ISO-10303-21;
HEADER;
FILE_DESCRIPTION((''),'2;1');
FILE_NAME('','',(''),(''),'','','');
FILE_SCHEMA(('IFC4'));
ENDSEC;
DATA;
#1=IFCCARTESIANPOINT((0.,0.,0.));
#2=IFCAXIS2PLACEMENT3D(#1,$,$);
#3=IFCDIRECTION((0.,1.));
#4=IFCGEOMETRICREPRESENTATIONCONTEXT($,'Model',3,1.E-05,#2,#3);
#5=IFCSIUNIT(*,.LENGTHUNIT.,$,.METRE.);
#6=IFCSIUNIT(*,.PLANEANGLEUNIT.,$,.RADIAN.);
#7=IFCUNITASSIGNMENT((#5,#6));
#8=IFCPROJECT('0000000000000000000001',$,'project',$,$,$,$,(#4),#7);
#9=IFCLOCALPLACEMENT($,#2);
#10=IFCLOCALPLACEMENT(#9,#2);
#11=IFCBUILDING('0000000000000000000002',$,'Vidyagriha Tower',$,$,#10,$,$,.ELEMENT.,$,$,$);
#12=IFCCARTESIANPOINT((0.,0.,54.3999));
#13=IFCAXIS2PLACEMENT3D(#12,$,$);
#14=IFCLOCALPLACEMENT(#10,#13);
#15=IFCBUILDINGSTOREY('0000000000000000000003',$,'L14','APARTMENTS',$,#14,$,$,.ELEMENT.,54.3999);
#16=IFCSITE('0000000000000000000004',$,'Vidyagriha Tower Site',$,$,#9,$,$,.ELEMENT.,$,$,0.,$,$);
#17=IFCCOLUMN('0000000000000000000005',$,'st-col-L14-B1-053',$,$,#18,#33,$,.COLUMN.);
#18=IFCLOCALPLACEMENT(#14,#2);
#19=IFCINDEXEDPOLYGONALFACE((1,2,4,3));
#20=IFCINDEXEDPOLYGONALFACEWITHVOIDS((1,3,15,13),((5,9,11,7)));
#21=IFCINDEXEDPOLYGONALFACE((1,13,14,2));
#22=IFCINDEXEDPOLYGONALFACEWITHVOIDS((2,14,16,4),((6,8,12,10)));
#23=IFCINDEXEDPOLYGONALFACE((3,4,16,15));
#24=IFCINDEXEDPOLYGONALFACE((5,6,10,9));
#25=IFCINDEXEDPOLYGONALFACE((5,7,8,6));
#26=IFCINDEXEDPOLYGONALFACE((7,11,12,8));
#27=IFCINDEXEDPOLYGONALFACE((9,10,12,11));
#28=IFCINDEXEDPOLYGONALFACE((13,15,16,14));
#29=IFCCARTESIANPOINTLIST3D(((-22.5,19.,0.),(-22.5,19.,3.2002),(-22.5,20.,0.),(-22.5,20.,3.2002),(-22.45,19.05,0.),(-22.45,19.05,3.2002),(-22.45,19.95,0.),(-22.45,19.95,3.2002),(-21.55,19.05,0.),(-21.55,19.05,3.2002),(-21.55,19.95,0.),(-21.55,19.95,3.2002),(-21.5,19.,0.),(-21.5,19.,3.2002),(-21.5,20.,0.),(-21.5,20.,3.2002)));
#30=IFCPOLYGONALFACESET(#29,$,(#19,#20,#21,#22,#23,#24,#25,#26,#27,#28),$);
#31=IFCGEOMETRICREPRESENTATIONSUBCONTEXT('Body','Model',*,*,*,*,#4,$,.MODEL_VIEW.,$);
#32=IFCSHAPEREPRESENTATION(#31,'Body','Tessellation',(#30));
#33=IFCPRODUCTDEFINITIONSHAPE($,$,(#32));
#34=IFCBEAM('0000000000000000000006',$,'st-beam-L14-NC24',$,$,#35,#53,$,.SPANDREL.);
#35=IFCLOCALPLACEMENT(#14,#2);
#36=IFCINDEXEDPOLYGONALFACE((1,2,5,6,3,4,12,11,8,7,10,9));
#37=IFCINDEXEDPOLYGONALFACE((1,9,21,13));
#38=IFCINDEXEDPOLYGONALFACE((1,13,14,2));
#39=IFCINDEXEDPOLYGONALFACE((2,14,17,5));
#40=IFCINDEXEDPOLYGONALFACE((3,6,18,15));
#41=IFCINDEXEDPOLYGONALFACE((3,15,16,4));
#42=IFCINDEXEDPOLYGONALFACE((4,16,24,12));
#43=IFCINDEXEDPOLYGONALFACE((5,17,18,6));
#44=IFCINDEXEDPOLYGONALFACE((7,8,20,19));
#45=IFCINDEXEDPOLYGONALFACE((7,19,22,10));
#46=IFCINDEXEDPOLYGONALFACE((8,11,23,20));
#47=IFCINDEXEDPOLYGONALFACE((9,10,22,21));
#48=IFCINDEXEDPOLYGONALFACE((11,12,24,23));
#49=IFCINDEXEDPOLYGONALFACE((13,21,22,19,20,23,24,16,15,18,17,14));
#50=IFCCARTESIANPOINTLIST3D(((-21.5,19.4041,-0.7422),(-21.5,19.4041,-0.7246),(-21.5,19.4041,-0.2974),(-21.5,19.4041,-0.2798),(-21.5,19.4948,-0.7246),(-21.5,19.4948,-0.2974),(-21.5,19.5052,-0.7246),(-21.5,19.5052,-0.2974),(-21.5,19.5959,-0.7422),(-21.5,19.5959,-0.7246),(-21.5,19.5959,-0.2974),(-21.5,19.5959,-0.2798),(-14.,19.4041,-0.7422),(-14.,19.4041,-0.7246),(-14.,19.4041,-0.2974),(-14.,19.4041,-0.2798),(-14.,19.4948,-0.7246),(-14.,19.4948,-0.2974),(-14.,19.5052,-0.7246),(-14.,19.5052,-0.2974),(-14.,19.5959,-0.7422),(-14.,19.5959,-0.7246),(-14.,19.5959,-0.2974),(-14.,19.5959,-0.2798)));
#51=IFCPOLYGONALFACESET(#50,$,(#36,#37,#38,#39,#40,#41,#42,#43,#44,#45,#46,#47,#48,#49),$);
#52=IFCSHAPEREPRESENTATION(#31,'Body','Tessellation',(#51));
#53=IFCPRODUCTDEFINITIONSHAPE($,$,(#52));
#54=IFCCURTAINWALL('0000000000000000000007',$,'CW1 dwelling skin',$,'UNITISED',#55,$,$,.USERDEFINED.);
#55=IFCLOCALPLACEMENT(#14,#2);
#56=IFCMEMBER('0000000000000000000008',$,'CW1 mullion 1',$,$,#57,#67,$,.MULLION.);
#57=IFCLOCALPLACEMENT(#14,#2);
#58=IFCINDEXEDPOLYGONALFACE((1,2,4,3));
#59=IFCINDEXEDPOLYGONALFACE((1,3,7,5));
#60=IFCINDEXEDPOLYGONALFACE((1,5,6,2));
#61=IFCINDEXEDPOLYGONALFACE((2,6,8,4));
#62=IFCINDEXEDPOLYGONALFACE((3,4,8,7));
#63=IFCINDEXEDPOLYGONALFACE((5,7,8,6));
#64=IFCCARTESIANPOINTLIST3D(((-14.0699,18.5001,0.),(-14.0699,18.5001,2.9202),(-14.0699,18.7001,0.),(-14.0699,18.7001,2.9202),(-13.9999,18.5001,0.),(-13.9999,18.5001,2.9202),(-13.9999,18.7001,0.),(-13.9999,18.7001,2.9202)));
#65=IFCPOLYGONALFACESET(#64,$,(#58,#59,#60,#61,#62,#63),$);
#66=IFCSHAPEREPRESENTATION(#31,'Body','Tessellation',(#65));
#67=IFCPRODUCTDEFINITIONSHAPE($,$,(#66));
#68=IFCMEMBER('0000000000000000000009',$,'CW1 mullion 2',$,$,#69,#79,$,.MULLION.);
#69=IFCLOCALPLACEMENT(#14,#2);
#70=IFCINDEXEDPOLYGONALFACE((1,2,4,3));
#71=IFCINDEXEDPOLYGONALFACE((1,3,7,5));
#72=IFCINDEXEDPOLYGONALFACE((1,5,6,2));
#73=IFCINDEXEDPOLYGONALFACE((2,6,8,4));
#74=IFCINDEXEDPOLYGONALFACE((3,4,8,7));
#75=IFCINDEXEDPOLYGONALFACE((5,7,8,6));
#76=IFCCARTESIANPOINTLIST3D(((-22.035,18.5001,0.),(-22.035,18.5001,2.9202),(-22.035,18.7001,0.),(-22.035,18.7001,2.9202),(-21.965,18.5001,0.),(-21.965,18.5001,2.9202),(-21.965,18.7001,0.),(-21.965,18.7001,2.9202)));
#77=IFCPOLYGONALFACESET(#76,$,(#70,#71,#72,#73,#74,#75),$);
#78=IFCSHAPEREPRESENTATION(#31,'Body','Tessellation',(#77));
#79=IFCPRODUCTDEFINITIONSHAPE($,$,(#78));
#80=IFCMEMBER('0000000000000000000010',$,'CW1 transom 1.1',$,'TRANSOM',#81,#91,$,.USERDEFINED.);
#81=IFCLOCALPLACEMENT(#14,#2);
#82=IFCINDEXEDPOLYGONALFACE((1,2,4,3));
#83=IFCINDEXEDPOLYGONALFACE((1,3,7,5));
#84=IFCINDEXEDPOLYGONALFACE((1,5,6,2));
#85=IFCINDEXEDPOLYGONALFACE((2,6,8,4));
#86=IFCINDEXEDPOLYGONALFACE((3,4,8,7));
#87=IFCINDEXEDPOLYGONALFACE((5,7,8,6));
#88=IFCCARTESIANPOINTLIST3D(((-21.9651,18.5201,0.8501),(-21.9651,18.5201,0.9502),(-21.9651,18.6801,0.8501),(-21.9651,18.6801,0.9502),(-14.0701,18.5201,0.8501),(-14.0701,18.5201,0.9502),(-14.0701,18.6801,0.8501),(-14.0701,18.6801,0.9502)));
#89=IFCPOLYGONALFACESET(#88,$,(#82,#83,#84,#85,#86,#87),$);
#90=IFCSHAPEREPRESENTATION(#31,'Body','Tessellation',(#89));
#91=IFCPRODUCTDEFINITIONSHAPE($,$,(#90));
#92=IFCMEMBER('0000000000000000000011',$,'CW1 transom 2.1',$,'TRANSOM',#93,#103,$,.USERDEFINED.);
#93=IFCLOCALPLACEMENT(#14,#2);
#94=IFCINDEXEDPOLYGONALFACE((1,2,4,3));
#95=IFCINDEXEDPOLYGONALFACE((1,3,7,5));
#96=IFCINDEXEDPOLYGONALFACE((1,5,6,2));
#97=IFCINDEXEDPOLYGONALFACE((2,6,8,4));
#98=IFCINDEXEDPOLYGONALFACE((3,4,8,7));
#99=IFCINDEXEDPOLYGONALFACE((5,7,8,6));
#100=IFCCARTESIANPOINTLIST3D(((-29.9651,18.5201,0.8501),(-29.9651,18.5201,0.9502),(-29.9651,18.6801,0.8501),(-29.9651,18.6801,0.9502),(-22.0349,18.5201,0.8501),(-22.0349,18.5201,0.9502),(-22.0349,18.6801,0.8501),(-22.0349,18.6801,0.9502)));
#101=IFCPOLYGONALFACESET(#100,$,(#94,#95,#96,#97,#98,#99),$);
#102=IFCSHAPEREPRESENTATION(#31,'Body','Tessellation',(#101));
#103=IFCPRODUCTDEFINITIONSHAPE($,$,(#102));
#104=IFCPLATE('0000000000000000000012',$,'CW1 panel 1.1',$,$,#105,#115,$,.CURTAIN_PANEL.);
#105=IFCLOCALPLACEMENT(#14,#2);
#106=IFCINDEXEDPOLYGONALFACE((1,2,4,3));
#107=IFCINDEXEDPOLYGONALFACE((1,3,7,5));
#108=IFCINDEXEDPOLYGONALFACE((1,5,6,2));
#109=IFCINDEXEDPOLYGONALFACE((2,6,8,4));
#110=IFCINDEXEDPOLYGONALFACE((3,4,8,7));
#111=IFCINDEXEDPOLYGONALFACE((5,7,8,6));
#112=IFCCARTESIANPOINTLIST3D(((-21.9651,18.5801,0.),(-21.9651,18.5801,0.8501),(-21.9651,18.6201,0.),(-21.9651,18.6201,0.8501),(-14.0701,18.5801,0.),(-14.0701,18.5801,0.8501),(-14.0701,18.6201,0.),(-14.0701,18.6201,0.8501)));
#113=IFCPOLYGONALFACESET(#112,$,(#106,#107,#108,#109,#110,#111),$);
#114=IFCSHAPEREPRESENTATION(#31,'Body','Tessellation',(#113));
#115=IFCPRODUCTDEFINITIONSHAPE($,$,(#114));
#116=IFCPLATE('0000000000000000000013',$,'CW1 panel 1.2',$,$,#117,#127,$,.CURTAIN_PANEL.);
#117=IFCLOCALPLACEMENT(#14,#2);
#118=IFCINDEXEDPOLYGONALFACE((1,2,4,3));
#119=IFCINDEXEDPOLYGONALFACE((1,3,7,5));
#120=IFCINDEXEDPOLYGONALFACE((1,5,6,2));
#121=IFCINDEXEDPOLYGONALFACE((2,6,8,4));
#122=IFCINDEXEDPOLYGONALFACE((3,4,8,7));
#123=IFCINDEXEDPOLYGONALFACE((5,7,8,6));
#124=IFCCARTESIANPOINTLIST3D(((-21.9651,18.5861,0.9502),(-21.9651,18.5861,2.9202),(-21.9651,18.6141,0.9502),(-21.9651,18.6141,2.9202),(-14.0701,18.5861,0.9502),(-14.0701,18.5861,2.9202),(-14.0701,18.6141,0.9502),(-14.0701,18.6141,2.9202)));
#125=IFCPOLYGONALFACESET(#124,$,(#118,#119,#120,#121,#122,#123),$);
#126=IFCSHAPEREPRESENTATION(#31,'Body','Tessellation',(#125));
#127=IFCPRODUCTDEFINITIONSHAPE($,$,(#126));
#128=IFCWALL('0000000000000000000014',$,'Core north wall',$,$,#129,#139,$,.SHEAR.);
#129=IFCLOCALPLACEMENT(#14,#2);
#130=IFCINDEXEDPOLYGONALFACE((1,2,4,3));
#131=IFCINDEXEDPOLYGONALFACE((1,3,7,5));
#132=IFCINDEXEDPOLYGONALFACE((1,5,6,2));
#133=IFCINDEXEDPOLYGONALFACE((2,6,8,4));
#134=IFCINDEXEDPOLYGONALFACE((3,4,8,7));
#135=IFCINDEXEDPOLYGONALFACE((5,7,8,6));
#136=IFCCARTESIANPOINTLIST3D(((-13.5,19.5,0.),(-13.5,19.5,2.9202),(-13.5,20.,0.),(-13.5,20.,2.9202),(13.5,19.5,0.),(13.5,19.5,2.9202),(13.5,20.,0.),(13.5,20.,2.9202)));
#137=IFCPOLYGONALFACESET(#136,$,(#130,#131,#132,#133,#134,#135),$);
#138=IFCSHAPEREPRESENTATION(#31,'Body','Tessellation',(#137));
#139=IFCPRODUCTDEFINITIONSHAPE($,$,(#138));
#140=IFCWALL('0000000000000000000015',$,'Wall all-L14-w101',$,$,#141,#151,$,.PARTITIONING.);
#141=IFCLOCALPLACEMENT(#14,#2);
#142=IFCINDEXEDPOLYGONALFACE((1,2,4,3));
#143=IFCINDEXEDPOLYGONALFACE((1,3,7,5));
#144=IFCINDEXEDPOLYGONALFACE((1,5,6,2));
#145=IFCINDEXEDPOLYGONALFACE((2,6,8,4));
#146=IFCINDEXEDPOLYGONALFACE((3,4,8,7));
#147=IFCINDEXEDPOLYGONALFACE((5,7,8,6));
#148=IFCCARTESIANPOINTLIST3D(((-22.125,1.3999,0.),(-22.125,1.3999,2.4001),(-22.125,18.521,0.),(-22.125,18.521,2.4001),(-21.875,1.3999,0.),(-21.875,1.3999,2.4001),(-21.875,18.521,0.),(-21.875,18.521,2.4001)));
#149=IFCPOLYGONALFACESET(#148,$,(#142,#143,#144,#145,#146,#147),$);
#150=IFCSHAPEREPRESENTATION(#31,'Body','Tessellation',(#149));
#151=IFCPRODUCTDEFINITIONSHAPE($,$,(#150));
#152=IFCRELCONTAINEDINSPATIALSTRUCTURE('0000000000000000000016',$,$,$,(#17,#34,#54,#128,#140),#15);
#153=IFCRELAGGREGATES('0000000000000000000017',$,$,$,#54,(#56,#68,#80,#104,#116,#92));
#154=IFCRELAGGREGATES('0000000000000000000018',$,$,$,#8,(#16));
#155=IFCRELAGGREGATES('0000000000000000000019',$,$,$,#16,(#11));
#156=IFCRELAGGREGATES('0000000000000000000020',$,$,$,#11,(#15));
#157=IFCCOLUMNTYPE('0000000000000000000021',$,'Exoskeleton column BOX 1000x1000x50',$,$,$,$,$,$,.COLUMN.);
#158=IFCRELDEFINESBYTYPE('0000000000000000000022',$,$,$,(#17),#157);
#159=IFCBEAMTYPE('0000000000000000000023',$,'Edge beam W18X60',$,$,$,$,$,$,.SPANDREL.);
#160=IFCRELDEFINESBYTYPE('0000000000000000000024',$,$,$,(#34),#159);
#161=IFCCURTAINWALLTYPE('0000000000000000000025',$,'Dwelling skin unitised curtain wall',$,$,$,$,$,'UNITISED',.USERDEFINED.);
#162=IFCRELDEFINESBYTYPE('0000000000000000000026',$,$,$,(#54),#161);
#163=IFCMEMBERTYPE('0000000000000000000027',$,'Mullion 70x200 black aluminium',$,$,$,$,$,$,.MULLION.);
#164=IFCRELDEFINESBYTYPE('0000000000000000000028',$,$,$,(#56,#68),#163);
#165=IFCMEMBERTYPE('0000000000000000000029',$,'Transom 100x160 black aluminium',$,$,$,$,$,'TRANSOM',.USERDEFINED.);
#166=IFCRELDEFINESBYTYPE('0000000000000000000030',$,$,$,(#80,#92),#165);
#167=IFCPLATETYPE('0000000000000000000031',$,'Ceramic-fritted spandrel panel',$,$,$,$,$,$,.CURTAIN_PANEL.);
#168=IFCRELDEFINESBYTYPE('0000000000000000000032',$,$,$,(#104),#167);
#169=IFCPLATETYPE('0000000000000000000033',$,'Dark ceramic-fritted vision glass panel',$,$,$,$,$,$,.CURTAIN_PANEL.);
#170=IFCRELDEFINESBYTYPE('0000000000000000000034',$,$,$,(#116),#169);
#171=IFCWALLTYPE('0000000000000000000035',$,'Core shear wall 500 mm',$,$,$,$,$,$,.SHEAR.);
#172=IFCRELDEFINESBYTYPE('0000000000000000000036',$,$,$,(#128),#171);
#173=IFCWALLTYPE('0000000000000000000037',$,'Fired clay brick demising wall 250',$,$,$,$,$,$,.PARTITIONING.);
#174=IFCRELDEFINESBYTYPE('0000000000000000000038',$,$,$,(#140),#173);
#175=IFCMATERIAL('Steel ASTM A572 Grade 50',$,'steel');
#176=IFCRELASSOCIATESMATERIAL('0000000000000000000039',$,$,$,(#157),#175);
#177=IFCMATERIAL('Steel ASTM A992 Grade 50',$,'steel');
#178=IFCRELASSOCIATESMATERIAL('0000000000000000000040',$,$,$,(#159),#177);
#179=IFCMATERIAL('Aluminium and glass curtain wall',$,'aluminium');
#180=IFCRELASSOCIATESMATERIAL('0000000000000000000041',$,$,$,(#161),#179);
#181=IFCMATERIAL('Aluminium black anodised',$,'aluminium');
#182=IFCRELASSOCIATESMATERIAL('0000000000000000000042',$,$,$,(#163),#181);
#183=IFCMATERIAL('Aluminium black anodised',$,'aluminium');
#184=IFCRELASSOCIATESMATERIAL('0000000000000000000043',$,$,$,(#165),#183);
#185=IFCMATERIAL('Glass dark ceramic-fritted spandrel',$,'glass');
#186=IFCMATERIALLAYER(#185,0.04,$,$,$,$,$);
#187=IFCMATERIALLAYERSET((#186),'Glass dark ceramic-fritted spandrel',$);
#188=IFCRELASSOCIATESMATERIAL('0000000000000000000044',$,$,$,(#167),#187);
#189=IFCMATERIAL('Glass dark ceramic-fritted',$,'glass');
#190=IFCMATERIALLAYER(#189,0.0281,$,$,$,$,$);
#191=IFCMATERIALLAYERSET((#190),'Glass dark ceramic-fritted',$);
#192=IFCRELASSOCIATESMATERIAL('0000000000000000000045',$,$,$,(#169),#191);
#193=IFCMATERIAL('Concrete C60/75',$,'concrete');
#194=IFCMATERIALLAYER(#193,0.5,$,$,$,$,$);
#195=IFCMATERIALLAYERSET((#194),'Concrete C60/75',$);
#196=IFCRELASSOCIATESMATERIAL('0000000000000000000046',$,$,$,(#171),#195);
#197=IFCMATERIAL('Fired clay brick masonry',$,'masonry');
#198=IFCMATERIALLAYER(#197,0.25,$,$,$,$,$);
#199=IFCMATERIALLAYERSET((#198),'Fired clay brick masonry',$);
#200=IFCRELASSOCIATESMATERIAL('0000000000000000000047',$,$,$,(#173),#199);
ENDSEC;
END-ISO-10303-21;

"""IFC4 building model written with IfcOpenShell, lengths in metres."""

from ifc_helpers import new_model, si_unit, direction, frame, frame_2d, origin, origin_2d, place, context, subcontext, project, spatial, rectangle, hollow_rectangle, i_section, extrude, material, layer, layer_set, material_profile, profile_set, type_object, element, aggregate, save


model = new_model("IFC4")

# Units and contexts
model_context = context("Model", 3, precision=1e-05, world=origin(), true_north=direction((0.0, 1.0)))
body_context = subcontext(model_context, "Body", "Model", "MODEL_VIEW")
ifc_project = project(units=[si_unit("LENGTHUNIT", "METRE"), si_unit("PLANEANGLEUNIT", "RADIAN")], contexts=[model_context])

# Site, building, storey
site_placement = place(None, origin())
site = spatial("IfcSite", under=ifc_project, at=site_placement, Name="Vidyagriha Tower Site", CompositionType="ELEMENT", RefElevation=0.0)
building_placement = place(site_placement, origin())
building = spatial("IfcBuilding", under=site, at=building_placement, Name="Vidyagriha Tower", CompositionType="ELEMENT")
storey_placement = place(building_placement, frame((0.0, 0.0, 54.3999)))
storey = spatial("IfcBuildingStorey", under=building, at=storey_placement, Name="L14", Description="APARTMENTS", CompositionType="ELEMENT", Elevation=54.3999)

# Column
ifc_material_1 = material(Name="Steel ASTM A572 Grade 50", Category="steel")
ifc_material_profile_1 = material_profile(ifc_material_1, hollow_rectangle(XDim=1.0, YDim=1.0, WallThickness=0.05, at=origin_2d()), Name="BOX 1000x1000x50")
ifc_profile_set_1 = profile_set([ifc_material_profile_1], Name="Steel ASTM A572 Grade 50")
column_type = type_object("IfcColumnType", Name="Exoskeleton column BOX 1000x1000x50", PredefinedType="COLUMN", material=ifc_profile_set_1)
column_placement = place(storey_placement, frame((-22.0, 19.5, 0.0)))
element("IfcColumn", 1, at=column_placement, inside=storey, type_object=column_type, Name="st-col-L14-B1-053", PredefinedType="COLUMN", context=body_context, shape_type="SweptSolid", body=[
    extrude(hollow_rectangle(XDim=1.0, YDim=1.0, WallThickness=0.05, at=origin_2d()), origin(), (0.0, 0.0, 1.0), 3.2002),
])

# Beam
ifc_material_2 = material(Name="Steel ASTM A992 Grade 50", Category="steel")
ifc_material_profile_2 = material_profile(ifc_material_2, i_section(OverallWidth=0.1919, OverallDepth=0.4624, WebThickness=0.0105, FlangeThickness=0.0176, at=origin_2d()), Name="W18X60")
ifc_profile_set_2 = profile_set([ifc_material_profile_2], Name="Steel ASTM A992 Grade 50")
beam_type = type_object("IfcBeamType", Name="Edge beam W18X60", PredefinedType="SPANDREL", material=ifc_profile_set_2)
beam_placement = place(storey_placement, frame((-21.5, 19.5, -0.511), z_axis=(1.0, 0.0, 0.0), x_axis=(0.0, 1.0, 0.0)))
element("IfcBeam", 2, at=beam_placement, inside=storey, type_object=beam_type, Name="st-beam-L14-NC24", PredefinedType="SPANDREL", context=body_context, shape_type="SweptSolid", body=[
    extrude(i_section(OverallWidth=0.1919, OverallDepth=0.4624, WebThickness=0.0105, FlangeThickness=0.0176, at=origin_2d()), origin(), (0.0, 0.0, 1.0), 7.5),
])

# Curtain wall, members, plates
ifc_material_3 = material(Name="Aluminium and glass curtain wall", Category="aluminium")
curtain_wall_type = type_object("IfcCurtainWallType", Name="Dwelling skin unitised curtain wall", ElementType="UNITISED", PredefinedType="USERDEFINED", material=ifc_material_3)
curtain_wall_placement = place(storey_placement, origin())
curtain_wall = element("IfcCurtainWall", 3, at=curtain_wall_placement, inside=storey, type_object=curtain_wall_type, Name="CW1 dwelling skin", ObjectType="UNITISED", PredefinedType="USERDEFINED")
ifc_material_4 = material(Name="Aluminium black anodised", Category="aluminium")
ifc_material_profile_3 = material_profile(ifc_material_4, rectangle(XDim=0.2, YDim=0.0701, at=origin_2d()), Name="Mullion 70x200 black aluminium")
ifc_profile_set_3 = profile_set([ifc_material_profile_3], Name="Aluminium black anodised")
member_type_1 = type_object("IfcMemberType", Name="Mullion 70x200 black aluminium", PredefinedType="MULLION", material=ifc_profile_set_3)
member_1_placement = place(storey_placement, frame((-14.0349, 18.6001, 0.0), z_axis=(0.0, 0.0, 1.0), x_axis=(0.0, -1.0, 0.0)))
member_1 = element("IfcMember", 4, at=member_1_placement, type_object=member_type_1, Name="CW1 mullion 1", PredefinedType="MULLION", context=body_context, shape_type="SweptSolid", body=[
    extrude(rectangle(XDim=0.2, YDim=0.0701, at=origin_2d()), origin(), (0.0, 0.0, 1.0), 2.9202),
])
member_2_placement = place(storey_placement, frame((-22.0, 18.6001, 0.0), z_axis=(0.0, 0.0, 1.0), x_axis=(0.0, -1.0, 0.0)))
member_2 = element("IfcMember", 5, at=member_2_placement, type_object=member_type_1, Name="CW1 mullion 2", PredefinedType="MULLION", context=body_context, shape_type="SweptSolid", body=[
    extrude(rectangle(XDim=0.2, YDim=0.0701, at=origin_2d()), origin(), (0.0, 0.0, 1.0), 2.9202),
])
ifc_material_5 = material(Name="Aluminium black anodised", Category="aluminium")
ifc_material_profile_4 = material_profile(ifc_material_5, rectangle(XDim=0.1599, YDim=0.1001, at=origin_2d()), Name="Transom 100x160 black aluminium")
ifc_profile_set_4 = profile_set([ifc_material_profile_4], Name="Aluminium black anodised")
member_type_2 = type_object("IfcMemberType", Name="Transom 100x160 black aluminium", ElementType="TRANSOM", PredefinedType="USERDEFINED", material=ifc_profile_set_4)
member_3_placement = place(storey_placement, frame((-14.0701, 18.6001, 0.9001), z_axis=(-1.0, 0.0, 0.0), x_axis=(0.0, -1.0, 0.0)))
member_3 = element("IfcMember", 6, at=member_3_placement, type_object=member_type_2, Name="CW1 transom 1.1", ObjectType="TRANSOM", PredefinedType="USERDEFINED", context=body_context, shape_type="SweptSolid", body=[
    extrude(rectangle(XDim=0.1599, YDim=0.1001, at=origin_2d()), origin(), (0.0, 0.0, 1.0), 7.895),
])
member_4_placement = place(storey_placement, frame((-22.0349, 18.6001, 0.9001), z_axis=(-1.0, 0.0, 0.0), x_axis=(0.0, -1.0, 0.0)))
member_4 = element("IfcMember", 7, at=member_4_placement, type_object=member_type_2, Name="CW1 transom 2.1", ObjectType="TRANSOM", PredefinedType="USERDEFINED", context=body_context, shape_type="SweptSolid", body=[
    extrude(rectangle(XDim=0.1599, YDim=0.1001, at=origin_2d()), origin(), (0.0, 0.0, 1.0), 7.9302),
])
ifc_material_6 = material(Name="Glass dark ceramic-fritted spandrel", Category="glass")
ifc_layer_1 = layer(ifc_material_6, 0.04)
ifc_layer_set_1 = layer_set([ifc_layer_1], Name="Glass dark ceramic-fritted spandrel")
plate_type_1 = type_object("IfcPlateType", Name="Ceramic-fritted spandrel panel", PredefinedType="CURTAIN_PANEL", material=ifc_layer_set_1)
plate_1_placement = place(storey_placement, frame((-18.0176, 18.6001, 0.0), z_axis=(0.0, 0.0, 1.0), x_axis=(-1.0, 0.0, 0.0)))
plate_1 = element("IfcPlate", 8, at=plate_1_placement, type_object=plate_type_1, Name="CW1 panel 1.1", PredefinedType="CURTAIN_PANEL", context=body_context, shape_type="SweptSolid", body=[
    extrude(rectangle(XDim=7.895, YDim=0.04, at=origin_2d()), origin(), (0.0, 0.0, 1.0), 0.8501),
])
ifc_material_7 = material(Name="Glass dark ceramic-fritted", Category="glass")
ifc_layer_2 = layer(ifc_material_7, 0.0281)
ifc_layer_set_2 = layer_set([ifc_layer_2], Name="Glass dark ceramic-fritted")
plate_type_2 = type_object("IfcPlateType", Name="Dark ceramic-fritted vision glass panel", PredefinedType="CURTAIN_PANEL", material=ifc_layer_set_2)
plate_2_placement = place(storey_placement, frame((-18.0176, 18.6001, 0.9502), z_axis=(0.0, 0.0, 1.0), x_axis=(-1.0, 0.0, 0.0)))
plate_2 = element("IfcPlate", 9, at=plate_2_placement, type_object=plate_type_2, Name="CW1 panel 1.2", PredefinedType="CURTAIN_PANEL", context=body_context, shape_type="SweptSolid", body=[
    extrude(rectangle(XDim=7.895, YDim=0.0281, at=origin_2d()), origin(), (0.0, 0.0, 1.0), 1.97),
])
aggregate(curtain_wall, [member_1, member_2, member_3, plate_1, plate_2, member_4])

# Walls
ifc_material_8 = material(Name="Concrete C60/75", Category="concrete")
ifc_layer_3 = layer(ifc_material_8, 0.5)
ifc_layer_set_3 = layer_set([ifc_layer_3], Name="Concrete C60/75")
wall_type_1 = type_object("IfcWallType", Name="Core shear wall 500 mm", PredefinedType="SHEAR", material=ifc_layer_set_3)
wall_1_placement = place(storey_placement, frame((-13.5, 19.75, 0.0)))
element("IfcWall", 10, at=wall_1_placement, inside=storey, type_object=wall_type_1, Name="Core north wall", PredefinedType="SHEAR", context=body_context, shape_type="SweptSolid", body=[
    extrude(rectangle(XDim=27.0, YDim=0.5, at=frame_2d((13.5, 0.0))), origin(), (0.0, 0.0, 1.0), 2.9202),
])
ifc_material_9 = material(Name="Fired clay brick masonry", Category="masonry")
ifc_layer_4 = layer(ifc_material_9, 0.25)
ifc_layer_set_4 = layer_set([ifc_layer_4], Name="Fired clay brick masonry")
wall_type_2 = type_object("IfcWallType", Name="Fired clay brick demising wall 250", PredefinedType="PARTITIONING", material=ifc_layer_set_4)
wall_2_placement = place(storey_placement, frame((-22.0, 18.521, 0.0), z_axis=(0.0, 0.0, 1.0), x_axis=(0.0, -1.0, 0.0)))
element("IfcWall", 11, at=wall_2_placement, inside=storey, type_object=wall_type_2, Name="Wall all-L14-w101", PredefinedType="PARTITIONING", context=body_context, shape_type="SweptSolid", body=[
    extrude(rectangle(XDim=17.1211, YDim=0.25, at=frame_2d((8.5605, 0.0))), origin(), (0.0, 0.0, 1.0), 2.4001),
])

save(model, "model.ifc")
